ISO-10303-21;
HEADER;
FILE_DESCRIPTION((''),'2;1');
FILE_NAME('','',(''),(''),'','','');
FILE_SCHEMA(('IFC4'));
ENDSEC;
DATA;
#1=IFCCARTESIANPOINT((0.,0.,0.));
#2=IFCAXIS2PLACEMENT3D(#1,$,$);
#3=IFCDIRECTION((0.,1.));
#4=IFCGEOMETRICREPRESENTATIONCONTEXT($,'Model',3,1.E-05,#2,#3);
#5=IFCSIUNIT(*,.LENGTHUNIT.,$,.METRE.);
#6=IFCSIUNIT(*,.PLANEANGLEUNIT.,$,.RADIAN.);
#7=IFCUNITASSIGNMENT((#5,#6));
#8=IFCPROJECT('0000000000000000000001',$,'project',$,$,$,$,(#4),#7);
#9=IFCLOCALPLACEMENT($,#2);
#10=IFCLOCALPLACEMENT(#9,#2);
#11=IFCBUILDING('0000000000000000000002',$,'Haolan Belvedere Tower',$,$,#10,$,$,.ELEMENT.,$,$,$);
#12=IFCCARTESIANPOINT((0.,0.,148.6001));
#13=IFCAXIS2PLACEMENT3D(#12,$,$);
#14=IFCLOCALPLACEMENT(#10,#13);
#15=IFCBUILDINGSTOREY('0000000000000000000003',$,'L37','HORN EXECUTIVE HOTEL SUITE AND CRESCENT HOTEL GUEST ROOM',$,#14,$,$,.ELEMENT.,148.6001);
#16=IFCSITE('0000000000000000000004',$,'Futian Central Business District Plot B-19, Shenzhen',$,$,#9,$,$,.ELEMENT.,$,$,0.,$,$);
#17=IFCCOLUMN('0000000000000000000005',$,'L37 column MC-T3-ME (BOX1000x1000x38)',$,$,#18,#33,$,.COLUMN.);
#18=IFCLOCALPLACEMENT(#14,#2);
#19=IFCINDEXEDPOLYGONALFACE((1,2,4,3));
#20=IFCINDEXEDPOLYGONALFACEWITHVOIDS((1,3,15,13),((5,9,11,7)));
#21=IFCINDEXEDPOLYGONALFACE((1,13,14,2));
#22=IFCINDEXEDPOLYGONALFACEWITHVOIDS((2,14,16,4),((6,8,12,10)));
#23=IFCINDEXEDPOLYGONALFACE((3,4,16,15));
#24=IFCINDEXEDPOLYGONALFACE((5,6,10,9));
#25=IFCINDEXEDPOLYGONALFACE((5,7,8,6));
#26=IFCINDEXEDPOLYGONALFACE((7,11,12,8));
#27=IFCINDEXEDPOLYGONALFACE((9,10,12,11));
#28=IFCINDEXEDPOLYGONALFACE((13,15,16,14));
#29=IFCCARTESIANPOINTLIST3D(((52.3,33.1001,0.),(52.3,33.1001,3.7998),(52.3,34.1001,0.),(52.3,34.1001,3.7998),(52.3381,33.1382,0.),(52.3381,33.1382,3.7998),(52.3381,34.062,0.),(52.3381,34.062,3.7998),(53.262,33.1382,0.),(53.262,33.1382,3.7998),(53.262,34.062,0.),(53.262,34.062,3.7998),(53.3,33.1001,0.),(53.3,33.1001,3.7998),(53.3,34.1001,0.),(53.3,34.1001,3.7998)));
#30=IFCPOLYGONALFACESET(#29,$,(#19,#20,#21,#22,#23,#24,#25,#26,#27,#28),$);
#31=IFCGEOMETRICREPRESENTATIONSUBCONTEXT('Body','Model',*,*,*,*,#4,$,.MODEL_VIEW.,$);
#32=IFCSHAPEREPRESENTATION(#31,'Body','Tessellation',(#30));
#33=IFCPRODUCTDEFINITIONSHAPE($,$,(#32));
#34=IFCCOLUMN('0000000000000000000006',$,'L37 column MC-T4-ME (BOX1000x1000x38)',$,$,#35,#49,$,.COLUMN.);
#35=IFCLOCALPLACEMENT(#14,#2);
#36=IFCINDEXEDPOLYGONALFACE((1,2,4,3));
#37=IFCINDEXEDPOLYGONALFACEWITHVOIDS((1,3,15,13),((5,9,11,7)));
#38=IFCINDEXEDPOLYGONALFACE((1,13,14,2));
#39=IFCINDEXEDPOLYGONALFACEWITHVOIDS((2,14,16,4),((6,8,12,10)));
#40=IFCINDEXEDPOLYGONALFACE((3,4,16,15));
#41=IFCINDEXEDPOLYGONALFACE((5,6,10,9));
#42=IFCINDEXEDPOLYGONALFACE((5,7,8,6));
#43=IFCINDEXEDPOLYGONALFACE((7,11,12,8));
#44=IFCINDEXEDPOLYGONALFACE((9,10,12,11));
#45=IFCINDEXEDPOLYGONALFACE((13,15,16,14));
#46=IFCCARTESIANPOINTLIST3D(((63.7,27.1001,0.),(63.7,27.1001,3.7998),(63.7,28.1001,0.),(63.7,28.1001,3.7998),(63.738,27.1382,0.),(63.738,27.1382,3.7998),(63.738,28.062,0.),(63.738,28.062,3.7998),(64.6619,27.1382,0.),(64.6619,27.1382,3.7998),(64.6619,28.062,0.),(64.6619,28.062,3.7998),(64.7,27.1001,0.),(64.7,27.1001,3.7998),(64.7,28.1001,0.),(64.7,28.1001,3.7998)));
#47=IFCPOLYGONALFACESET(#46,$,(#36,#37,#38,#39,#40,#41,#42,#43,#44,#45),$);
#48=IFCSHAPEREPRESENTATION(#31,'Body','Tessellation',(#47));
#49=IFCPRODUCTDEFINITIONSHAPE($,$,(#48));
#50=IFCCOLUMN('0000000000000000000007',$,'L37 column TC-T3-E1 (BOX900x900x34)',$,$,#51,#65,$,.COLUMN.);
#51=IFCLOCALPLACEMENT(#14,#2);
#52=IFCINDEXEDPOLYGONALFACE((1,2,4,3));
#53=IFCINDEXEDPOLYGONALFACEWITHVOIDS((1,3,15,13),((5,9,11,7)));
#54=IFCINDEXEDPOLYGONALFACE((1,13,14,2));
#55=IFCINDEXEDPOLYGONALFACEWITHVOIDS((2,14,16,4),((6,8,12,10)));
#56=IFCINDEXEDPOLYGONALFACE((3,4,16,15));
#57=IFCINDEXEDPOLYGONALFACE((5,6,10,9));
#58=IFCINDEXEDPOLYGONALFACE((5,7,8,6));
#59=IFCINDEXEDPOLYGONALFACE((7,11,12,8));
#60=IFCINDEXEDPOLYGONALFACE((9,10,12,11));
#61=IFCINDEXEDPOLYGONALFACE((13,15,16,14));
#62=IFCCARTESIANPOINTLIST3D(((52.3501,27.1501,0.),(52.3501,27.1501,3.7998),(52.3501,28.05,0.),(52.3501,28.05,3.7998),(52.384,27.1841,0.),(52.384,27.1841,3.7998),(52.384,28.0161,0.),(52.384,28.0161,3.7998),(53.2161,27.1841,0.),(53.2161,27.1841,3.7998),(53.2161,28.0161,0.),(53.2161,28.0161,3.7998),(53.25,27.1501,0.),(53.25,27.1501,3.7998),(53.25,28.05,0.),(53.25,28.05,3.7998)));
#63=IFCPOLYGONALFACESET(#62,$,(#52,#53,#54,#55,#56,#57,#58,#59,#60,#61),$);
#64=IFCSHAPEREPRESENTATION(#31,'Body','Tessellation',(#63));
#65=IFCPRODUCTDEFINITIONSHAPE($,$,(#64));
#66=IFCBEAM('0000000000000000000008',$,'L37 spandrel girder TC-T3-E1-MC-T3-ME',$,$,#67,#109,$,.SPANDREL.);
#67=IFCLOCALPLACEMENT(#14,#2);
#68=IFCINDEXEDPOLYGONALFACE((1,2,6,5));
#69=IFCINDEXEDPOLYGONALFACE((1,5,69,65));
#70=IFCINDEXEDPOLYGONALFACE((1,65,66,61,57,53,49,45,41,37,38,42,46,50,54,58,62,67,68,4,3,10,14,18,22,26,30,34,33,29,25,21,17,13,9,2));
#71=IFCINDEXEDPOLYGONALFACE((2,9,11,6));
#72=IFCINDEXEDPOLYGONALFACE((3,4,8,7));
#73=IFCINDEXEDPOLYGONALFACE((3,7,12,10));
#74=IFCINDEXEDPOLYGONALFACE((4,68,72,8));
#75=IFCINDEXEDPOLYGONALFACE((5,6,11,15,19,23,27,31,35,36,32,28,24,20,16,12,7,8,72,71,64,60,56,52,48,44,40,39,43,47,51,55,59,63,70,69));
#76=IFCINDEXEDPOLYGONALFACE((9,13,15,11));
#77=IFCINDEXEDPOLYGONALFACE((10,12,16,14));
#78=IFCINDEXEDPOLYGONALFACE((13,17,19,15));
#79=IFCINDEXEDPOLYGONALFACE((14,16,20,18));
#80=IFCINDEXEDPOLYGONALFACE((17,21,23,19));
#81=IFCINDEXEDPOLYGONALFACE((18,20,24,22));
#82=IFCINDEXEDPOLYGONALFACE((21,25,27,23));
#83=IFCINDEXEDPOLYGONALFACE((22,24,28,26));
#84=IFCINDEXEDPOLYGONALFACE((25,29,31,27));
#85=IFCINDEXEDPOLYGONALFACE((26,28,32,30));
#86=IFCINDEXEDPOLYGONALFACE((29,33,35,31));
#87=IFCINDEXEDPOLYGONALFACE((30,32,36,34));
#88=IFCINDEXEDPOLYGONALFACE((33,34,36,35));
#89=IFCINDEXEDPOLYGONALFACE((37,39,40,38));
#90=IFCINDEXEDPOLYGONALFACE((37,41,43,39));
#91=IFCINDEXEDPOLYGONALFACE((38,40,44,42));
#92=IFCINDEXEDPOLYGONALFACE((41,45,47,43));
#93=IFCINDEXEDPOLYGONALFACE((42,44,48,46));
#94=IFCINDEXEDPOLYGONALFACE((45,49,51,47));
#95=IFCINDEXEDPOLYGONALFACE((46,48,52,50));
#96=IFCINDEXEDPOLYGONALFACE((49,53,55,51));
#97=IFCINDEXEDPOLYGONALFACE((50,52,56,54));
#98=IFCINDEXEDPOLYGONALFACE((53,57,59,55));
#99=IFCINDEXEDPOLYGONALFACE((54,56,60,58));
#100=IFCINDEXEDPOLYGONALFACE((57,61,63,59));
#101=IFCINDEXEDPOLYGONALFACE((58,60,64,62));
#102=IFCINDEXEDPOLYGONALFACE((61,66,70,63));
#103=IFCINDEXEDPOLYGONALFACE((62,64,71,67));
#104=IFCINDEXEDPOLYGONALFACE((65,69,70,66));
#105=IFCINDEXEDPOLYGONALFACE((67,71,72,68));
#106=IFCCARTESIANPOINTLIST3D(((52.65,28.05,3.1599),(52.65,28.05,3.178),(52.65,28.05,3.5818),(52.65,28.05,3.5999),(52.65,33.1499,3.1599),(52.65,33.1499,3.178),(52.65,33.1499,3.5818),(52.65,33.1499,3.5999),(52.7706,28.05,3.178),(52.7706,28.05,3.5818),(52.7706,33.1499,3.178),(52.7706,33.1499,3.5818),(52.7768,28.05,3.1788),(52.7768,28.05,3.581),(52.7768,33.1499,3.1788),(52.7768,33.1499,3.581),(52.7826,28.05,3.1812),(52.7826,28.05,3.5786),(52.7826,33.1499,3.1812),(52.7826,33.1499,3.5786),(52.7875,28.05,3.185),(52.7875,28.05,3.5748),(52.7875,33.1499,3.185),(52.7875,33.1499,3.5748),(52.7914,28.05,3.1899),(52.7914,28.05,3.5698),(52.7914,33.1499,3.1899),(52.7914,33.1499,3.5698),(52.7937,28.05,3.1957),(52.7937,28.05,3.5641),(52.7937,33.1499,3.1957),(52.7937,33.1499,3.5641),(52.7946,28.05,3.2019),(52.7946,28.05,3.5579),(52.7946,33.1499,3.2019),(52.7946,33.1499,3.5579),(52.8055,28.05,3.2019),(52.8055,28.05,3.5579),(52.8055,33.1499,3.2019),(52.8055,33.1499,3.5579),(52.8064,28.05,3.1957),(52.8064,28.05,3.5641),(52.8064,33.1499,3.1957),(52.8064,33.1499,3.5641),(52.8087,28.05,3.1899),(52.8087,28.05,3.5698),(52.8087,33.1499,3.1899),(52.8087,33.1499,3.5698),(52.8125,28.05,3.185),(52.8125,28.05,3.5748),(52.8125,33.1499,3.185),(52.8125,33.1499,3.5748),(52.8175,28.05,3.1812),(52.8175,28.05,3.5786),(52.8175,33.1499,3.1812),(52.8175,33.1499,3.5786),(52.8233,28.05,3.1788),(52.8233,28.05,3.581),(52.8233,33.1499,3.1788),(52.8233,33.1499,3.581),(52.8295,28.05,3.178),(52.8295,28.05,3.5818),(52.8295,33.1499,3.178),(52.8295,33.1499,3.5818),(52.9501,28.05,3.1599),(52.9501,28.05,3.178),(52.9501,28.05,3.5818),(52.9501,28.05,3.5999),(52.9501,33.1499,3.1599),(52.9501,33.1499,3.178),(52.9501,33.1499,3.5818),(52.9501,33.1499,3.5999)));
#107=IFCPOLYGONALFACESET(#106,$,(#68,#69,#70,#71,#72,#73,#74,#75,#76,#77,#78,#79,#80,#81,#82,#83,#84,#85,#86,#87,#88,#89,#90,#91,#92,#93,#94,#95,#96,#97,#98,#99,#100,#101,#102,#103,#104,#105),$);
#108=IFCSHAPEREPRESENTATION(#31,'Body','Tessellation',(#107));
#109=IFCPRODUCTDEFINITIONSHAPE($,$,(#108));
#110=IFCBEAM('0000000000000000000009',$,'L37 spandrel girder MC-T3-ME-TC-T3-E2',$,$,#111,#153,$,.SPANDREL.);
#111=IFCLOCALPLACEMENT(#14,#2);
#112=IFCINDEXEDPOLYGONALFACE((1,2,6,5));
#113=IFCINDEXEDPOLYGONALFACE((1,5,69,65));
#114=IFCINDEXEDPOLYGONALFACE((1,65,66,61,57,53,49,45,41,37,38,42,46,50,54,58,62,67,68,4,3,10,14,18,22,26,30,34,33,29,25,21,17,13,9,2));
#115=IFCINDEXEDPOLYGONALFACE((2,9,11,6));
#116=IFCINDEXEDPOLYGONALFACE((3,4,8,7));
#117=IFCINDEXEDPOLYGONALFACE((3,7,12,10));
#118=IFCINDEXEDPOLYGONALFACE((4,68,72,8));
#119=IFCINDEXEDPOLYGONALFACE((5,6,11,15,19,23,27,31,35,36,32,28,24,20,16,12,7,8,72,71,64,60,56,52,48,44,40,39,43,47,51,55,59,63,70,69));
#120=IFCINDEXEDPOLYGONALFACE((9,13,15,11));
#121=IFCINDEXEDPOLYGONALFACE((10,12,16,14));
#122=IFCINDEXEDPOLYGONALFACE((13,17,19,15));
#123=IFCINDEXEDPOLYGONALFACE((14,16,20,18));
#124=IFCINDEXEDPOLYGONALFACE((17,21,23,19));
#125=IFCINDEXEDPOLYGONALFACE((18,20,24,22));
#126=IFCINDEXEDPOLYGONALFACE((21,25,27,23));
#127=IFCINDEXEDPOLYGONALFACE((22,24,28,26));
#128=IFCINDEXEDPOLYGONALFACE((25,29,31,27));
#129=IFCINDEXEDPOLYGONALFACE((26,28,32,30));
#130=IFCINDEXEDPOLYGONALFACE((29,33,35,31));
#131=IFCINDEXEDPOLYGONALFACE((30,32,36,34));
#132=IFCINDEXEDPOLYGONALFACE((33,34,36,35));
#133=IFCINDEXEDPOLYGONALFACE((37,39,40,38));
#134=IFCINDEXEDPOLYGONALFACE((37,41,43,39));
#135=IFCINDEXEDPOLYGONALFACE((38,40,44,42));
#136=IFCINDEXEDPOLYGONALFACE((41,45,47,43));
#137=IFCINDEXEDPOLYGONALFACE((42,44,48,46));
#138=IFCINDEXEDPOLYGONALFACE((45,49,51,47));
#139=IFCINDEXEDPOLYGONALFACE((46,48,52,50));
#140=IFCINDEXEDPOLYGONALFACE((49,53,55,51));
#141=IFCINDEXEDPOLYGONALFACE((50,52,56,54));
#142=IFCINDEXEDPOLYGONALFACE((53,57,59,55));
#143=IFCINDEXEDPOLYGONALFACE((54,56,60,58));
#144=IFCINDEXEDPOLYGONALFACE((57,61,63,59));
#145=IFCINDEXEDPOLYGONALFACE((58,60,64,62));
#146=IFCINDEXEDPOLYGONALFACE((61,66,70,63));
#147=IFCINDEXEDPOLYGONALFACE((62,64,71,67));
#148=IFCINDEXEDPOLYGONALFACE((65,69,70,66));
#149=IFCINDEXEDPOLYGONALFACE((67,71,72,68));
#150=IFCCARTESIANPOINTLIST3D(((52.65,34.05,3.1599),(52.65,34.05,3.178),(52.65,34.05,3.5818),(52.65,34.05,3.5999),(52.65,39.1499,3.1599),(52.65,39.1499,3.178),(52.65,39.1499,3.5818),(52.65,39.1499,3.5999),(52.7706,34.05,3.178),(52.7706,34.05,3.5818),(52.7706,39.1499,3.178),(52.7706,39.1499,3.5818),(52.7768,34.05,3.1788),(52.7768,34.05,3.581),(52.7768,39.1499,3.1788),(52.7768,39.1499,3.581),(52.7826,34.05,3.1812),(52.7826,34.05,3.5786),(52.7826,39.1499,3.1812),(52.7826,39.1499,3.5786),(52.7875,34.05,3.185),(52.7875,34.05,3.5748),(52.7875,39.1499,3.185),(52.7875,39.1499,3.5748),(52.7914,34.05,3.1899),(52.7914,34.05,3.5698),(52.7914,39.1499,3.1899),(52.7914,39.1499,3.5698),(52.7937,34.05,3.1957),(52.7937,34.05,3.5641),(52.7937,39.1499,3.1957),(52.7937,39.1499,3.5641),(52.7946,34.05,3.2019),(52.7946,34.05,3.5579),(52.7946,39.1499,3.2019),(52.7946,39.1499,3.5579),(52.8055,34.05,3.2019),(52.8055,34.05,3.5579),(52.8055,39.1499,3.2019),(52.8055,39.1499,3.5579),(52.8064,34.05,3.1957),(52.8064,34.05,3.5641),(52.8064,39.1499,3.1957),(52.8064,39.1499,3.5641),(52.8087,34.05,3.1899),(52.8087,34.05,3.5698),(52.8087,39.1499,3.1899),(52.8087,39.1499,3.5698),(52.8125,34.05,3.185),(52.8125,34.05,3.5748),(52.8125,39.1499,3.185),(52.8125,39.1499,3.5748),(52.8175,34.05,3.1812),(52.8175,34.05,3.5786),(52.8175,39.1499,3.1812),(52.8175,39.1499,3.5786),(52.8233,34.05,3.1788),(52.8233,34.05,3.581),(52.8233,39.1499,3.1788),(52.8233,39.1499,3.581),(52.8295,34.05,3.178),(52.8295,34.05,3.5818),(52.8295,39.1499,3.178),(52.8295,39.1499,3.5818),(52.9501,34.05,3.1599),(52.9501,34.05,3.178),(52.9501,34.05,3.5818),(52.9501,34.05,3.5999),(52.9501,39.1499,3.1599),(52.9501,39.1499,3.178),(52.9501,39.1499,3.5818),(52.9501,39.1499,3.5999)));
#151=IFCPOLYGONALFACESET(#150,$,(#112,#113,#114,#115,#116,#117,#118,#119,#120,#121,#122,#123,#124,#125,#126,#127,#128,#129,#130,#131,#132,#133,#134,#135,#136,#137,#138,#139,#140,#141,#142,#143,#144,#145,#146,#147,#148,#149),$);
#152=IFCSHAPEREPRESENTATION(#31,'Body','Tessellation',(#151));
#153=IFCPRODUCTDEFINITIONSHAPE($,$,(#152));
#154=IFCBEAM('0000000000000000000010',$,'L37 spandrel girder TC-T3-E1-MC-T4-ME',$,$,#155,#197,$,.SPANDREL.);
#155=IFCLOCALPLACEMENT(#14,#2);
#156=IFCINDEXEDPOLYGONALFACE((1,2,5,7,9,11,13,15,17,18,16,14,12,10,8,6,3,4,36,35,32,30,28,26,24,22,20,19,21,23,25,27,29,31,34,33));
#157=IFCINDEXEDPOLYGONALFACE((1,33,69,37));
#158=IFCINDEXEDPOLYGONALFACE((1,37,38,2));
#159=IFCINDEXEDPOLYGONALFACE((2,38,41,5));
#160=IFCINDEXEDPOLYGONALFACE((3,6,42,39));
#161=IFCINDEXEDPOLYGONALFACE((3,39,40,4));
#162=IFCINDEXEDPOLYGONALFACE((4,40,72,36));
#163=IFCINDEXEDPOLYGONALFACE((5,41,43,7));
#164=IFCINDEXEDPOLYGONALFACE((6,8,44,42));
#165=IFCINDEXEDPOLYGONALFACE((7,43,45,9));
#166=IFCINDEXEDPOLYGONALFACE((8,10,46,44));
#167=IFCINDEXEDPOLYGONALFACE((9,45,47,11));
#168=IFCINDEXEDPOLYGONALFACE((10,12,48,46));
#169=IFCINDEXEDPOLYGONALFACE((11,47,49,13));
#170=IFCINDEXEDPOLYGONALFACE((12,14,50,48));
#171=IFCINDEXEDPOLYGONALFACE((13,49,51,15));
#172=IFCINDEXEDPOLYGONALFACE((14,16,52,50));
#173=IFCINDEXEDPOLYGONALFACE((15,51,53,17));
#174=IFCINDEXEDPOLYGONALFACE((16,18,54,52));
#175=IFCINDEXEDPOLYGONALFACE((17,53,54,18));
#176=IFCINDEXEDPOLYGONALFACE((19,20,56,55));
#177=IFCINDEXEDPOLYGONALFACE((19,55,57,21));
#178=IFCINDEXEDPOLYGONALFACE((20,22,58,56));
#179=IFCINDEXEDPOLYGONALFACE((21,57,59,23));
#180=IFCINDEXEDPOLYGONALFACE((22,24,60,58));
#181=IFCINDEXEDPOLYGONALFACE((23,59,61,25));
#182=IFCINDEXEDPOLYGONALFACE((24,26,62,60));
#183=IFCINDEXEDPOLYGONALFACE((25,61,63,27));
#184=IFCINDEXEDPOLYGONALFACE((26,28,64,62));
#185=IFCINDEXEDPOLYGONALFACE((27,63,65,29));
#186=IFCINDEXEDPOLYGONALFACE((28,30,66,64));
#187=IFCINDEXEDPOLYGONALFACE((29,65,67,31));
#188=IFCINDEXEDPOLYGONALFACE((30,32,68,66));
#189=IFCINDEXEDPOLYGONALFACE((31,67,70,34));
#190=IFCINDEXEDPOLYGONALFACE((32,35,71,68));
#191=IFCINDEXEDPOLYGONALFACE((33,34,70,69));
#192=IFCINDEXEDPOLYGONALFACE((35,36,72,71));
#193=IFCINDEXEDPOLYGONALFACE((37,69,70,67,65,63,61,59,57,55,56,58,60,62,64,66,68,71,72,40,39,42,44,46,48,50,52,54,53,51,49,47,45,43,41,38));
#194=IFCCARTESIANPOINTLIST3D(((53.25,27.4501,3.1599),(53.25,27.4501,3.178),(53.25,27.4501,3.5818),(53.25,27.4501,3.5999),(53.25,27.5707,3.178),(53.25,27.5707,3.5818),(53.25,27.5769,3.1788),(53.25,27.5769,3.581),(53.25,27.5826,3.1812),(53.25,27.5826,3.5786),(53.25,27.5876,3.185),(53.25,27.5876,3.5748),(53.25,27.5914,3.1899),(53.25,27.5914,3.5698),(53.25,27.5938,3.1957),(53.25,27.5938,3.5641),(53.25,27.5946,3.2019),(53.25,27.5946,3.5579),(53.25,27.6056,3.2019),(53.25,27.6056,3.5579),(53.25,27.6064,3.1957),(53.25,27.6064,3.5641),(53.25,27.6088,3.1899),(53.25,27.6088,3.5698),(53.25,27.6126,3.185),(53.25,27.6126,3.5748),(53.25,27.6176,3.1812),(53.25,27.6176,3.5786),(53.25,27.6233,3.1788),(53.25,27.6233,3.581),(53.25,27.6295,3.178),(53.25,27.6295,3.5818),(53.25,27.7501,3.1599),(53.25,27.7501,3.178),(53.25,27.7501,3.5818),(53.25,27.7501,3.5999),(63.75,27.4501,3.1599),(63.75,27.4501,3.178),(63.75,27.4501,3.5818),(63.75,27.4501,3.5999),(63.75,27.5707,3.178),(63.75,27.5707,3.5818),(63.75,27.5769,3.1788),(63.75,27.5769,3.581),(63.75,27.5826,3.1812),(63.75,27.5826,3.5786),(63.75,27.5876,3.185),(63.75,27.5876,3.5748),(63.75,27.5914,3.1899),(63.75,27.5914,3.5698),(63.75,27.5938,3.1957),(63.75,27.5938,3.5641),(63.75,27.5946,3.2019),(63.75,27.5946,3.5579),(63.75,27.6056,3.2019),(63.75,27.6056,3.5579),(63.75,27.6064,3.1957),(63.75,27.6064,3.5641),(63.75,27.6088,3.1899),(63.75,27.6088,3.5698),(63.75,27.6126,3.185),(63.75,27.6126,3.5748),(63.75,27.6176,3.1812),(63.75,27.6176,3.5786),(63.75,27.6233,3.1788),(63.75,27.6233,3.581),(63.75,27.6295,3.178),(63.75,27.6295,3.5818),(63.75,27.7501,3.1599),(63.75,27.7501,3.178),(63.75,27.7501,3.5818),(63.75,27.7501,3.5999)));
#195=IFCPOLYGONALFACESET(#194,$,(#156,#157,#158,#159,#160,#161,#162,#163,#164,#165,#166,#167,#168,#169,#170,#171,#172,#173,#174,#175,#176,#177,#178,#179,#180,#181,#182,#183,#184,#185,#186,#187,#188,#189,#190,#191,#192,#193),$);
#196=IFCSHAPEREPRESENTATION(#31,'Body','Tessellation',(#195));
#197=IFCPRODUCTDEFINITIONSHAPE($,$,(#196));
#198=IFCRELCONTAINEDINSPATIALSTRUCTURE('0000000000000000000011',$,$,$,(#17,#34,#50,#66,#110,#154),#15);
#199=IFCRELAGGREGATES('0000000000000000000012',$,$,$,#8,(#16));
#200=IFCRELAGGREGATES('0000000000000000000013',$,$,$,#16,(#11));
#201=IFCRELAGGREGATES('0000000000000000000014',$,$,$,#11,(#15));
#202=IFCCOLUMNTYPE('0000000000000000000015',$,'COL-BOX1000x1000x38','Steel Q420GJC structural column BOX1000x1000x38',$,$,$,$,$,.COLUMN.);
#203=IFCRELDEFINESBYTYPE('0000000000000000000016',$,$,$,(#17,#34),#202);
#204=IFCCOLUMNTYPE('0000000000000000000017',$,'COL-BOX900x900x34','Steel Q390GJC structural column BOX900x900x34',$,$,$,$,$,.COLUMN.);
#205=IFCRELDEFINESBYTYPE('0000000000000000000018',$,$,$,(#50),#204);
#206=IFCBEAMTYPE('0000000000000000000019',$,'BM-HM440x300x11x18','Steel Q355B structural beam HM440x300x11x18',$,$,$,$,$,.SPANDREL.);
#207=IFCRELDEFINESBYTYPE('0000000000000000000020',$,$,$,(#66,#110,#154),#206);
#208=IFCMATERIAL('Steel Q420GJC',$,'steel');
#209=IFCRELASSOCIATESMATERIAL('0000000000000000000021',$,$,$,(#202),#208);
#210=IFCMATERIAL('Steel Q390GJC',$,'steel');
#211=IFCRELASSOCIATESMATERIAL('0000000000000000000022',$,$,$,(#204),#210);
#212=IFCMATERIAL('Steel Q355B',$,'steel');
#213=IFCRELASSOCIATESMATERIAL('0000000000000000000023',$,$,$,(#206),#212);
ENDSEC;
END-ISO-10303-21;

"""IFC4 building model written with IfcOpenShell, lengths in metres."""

from ifc_helpers import new_model, si_unit, direction, frame, origin, origin_2d, place, context, subcontext, project, spatial, hollow_rectangle, i_section, extrude, material, material_profile, profile_set, type_object, element, save


model = new_model("IFC4")

# Units and contexts
model_context = context("Model", 3, precision=1e-05, world=origin(), true_north=direction((0.0, 1.0)))
body_context = subcontext(model_context, "Body", "Model", "MODEL_VIEW")
ifc_project = project(units=[si_unit("LENGTHUNIT", "METRE"), si_unit("PLANEANGLEUNIT", "RADIAN")], contexts=[model_context])

# Site, building, storey
site_placement = place(None, origin())
site = spatial("IfcSite", under=ifc_project, at=site_placement, Name="Futian Central Business District Plot B-19, Shenzhen", CompositionType="ELEMENT", RefElevation=0.0)
building_placement = place(site_placement, origin())
building = spatial("IfcBuilding", under=site, at=building_placement, Name="Haolan Belvedere Tower", CompositionType="ELEMENT")
storey_placement = place(building_placement, frame((0.0, 0.0, 148.6001)))
storey = spatial("IfcBuildingStorey", under=building, at=storey_placement, Name="L37", Description="HORN EXECUTIVE HOTEL SUITE AND CRESCENT HOTEL GUEST ROOM", CompositionType="ELEMENT", Elevation=148.6001)

# Columns
ifc_material_1 = material(Name="Steel Q420GJC", Category="steel")
ifc_material_profile_1 = material_profile(ifc_material_1, hollow_rectangle(XDim=1.0, YDim=1.0, WallThickness=0.0381, at=origin_2d()), Name="Steel Q420GJC")
ifc_profile_set_1 = profile_set([ifc_material_profile_1], Name="Steel Q420GJC")
column_type_1 = type_object("IfcColumnType", Name="COL-BOX1000x1000x38", Description="Steel Q420GJC structural column BOX1000x1000x38", PredefinedType="COLUMN", material=ifc_profile_set_1)
for number, where, z_axis, x_axis, name in (
    (1, (52.8, 33.6001, 0.0), (0.0, 0.0, 1.0), (1.0, 0.0, 0.0), "L37 column MC-T3-ME (BOX1000x1000x38)"),
    (2, (64.2, 27.6001, 0.0), (0.0, 0.0, 1.0), (1.0, 0.0, 0.0), "L37 column MC-T4-ME (BOX1000x1000x38)"),
):
    element("IfcColumn", number, at=place(storey_placement, frame(where, z_axis=z_axis, x_axis=x_axis)), inside=storey, type_object=column_type_1, Name=name, PredefinedType="COLUMN", context=body_context, shape_type="SweptSolid", body=[
        extrude(hollow_rectangle(XDim=1.0, YDim=1.0, WallThickness=0.0381, at=origin_2d()), origin(), (0.0, 0.0, 1.0), 3.7998),
    ])
ifc_material_2 = material(Name="Steel Q390GJC", Category="steel")
ifc_material_profile_2 = material_profile(ifc_material_2, hollow_rectangle(XDim=0.8999, YDim=0.8999, WallThickness=0.0339, at=origin_2d()), Name="Steel Q390GJC")
ifc_profile_set_2 = profile_set([ifc_material_profile_2], Name="Steel Q390GJC")
column_type_2 = type_object("IfcColumnType", Name="COL-BOX900x900x34", Description="Steel Q390GJC structural column BOX900x900x34", PredefinedType="COLUMN", material=ifc_profile_set_2)
column_placement = place(storey_placement, frame((52.8, 27.6001, 0.0), z_axis=(0.0, 0.0, 1.0), x_axis=(1.0, 0.0, 0.0)))
element("IfcColumn", 3, at=column_placement, inside=storey, type_object=column_type_2, Name="L37 column TC-T3-E1 (BOX900x900x34)", PredefinedType="COLUMN", context=body_context, shape_type="SweptSolid", body=[
    extrude(hollow_rectangle(XDim=0.8999, YDim=0.8999, WallThickness=0.0339, at=origin_2d()), origin(), (0.0, 0.0, 1.0), 3.7998),
])

# Beams
ifc_material_3 = material(Name="Steel Q355B", Category="steel")
ifc_material_profile_3 = material_profile(ifc_material_3, i_section(OverallWidth=0.3, OverallDepth=0.4399, WebThickness=0.011, FlangeThickness=0.0181, FilletRadius=0.0239, at=origin_2d()), Name="Steel Q355B")
ifc_profile_set_3 = profile_set([ifc_material_profile_3], Name="Steel Q355B")
beam_type = type_object("IfcBeamType", Name="BM-HM440x300x11x18", Description="Steel Q355B structural beam HM440x300x11x18", PredefinedType="SPANDREL", material=ifc_profile_set_3)
for number, where, z_axis, x_axis, name in (
    (4, (52.8, 28.05, 3.3799), (0.0, 1.0, 0.0), (-1.0, 0.0, 0.0), "L37 spandrel girder TC-T3-E1-MC-T3-ME"),
    (5, (52.8, 34.05, 3.3799), (0.0, 1.0, 0.0), (-1.0, 0.0, 0.0), "L37 spandrel girder MC-T3-ME-TC-T3-E2"),
):
    element("IfcBeam", number, at=place(storey_placement, frame(where, z_axis=z_axis, x_axis=x_axis)), inside=storey, type_object=beam_type, Name=name, PredefinedType="SPANDREL", context=body_context, shape_type="SweptSolid", body=[
        extrude(i_section(OverallWidth=0.3, OverallDepth=0.4399, WebThickness=0.011, FlangeThickness=0.0181, FilletRadius=0.0239, at=origin_2d()), origin(), (0.0, 0.0, 1.0), 5.0999),
    ])
beam_placement = place(storey_placement, frame((53.25, 27.6001, 3.3799), z_axis=(1.0, 0.0, 0.0), x_axis=(0.0, 1.0, 0.0)))
element("IfcBeam", 6, at=beam_placement, inside=storey, type_object=beam_type, Name="L37 spandrel girder TC-T3-E1-MC-T4-ME", PredefinedType="SPANDREL", context=body_context, shape_type="SweptSolid", body=[
    extrude(i_section(OverallWidth=0.3, OverallDepth=0.4399, WebThickness=0.011, FlangeThickness=0.0181, FilletRadius=0.0239, at=origin_2d()), origin(), (0.0, 0.0, 1.0), 10.5),
])

save(model, "model.ifc")
